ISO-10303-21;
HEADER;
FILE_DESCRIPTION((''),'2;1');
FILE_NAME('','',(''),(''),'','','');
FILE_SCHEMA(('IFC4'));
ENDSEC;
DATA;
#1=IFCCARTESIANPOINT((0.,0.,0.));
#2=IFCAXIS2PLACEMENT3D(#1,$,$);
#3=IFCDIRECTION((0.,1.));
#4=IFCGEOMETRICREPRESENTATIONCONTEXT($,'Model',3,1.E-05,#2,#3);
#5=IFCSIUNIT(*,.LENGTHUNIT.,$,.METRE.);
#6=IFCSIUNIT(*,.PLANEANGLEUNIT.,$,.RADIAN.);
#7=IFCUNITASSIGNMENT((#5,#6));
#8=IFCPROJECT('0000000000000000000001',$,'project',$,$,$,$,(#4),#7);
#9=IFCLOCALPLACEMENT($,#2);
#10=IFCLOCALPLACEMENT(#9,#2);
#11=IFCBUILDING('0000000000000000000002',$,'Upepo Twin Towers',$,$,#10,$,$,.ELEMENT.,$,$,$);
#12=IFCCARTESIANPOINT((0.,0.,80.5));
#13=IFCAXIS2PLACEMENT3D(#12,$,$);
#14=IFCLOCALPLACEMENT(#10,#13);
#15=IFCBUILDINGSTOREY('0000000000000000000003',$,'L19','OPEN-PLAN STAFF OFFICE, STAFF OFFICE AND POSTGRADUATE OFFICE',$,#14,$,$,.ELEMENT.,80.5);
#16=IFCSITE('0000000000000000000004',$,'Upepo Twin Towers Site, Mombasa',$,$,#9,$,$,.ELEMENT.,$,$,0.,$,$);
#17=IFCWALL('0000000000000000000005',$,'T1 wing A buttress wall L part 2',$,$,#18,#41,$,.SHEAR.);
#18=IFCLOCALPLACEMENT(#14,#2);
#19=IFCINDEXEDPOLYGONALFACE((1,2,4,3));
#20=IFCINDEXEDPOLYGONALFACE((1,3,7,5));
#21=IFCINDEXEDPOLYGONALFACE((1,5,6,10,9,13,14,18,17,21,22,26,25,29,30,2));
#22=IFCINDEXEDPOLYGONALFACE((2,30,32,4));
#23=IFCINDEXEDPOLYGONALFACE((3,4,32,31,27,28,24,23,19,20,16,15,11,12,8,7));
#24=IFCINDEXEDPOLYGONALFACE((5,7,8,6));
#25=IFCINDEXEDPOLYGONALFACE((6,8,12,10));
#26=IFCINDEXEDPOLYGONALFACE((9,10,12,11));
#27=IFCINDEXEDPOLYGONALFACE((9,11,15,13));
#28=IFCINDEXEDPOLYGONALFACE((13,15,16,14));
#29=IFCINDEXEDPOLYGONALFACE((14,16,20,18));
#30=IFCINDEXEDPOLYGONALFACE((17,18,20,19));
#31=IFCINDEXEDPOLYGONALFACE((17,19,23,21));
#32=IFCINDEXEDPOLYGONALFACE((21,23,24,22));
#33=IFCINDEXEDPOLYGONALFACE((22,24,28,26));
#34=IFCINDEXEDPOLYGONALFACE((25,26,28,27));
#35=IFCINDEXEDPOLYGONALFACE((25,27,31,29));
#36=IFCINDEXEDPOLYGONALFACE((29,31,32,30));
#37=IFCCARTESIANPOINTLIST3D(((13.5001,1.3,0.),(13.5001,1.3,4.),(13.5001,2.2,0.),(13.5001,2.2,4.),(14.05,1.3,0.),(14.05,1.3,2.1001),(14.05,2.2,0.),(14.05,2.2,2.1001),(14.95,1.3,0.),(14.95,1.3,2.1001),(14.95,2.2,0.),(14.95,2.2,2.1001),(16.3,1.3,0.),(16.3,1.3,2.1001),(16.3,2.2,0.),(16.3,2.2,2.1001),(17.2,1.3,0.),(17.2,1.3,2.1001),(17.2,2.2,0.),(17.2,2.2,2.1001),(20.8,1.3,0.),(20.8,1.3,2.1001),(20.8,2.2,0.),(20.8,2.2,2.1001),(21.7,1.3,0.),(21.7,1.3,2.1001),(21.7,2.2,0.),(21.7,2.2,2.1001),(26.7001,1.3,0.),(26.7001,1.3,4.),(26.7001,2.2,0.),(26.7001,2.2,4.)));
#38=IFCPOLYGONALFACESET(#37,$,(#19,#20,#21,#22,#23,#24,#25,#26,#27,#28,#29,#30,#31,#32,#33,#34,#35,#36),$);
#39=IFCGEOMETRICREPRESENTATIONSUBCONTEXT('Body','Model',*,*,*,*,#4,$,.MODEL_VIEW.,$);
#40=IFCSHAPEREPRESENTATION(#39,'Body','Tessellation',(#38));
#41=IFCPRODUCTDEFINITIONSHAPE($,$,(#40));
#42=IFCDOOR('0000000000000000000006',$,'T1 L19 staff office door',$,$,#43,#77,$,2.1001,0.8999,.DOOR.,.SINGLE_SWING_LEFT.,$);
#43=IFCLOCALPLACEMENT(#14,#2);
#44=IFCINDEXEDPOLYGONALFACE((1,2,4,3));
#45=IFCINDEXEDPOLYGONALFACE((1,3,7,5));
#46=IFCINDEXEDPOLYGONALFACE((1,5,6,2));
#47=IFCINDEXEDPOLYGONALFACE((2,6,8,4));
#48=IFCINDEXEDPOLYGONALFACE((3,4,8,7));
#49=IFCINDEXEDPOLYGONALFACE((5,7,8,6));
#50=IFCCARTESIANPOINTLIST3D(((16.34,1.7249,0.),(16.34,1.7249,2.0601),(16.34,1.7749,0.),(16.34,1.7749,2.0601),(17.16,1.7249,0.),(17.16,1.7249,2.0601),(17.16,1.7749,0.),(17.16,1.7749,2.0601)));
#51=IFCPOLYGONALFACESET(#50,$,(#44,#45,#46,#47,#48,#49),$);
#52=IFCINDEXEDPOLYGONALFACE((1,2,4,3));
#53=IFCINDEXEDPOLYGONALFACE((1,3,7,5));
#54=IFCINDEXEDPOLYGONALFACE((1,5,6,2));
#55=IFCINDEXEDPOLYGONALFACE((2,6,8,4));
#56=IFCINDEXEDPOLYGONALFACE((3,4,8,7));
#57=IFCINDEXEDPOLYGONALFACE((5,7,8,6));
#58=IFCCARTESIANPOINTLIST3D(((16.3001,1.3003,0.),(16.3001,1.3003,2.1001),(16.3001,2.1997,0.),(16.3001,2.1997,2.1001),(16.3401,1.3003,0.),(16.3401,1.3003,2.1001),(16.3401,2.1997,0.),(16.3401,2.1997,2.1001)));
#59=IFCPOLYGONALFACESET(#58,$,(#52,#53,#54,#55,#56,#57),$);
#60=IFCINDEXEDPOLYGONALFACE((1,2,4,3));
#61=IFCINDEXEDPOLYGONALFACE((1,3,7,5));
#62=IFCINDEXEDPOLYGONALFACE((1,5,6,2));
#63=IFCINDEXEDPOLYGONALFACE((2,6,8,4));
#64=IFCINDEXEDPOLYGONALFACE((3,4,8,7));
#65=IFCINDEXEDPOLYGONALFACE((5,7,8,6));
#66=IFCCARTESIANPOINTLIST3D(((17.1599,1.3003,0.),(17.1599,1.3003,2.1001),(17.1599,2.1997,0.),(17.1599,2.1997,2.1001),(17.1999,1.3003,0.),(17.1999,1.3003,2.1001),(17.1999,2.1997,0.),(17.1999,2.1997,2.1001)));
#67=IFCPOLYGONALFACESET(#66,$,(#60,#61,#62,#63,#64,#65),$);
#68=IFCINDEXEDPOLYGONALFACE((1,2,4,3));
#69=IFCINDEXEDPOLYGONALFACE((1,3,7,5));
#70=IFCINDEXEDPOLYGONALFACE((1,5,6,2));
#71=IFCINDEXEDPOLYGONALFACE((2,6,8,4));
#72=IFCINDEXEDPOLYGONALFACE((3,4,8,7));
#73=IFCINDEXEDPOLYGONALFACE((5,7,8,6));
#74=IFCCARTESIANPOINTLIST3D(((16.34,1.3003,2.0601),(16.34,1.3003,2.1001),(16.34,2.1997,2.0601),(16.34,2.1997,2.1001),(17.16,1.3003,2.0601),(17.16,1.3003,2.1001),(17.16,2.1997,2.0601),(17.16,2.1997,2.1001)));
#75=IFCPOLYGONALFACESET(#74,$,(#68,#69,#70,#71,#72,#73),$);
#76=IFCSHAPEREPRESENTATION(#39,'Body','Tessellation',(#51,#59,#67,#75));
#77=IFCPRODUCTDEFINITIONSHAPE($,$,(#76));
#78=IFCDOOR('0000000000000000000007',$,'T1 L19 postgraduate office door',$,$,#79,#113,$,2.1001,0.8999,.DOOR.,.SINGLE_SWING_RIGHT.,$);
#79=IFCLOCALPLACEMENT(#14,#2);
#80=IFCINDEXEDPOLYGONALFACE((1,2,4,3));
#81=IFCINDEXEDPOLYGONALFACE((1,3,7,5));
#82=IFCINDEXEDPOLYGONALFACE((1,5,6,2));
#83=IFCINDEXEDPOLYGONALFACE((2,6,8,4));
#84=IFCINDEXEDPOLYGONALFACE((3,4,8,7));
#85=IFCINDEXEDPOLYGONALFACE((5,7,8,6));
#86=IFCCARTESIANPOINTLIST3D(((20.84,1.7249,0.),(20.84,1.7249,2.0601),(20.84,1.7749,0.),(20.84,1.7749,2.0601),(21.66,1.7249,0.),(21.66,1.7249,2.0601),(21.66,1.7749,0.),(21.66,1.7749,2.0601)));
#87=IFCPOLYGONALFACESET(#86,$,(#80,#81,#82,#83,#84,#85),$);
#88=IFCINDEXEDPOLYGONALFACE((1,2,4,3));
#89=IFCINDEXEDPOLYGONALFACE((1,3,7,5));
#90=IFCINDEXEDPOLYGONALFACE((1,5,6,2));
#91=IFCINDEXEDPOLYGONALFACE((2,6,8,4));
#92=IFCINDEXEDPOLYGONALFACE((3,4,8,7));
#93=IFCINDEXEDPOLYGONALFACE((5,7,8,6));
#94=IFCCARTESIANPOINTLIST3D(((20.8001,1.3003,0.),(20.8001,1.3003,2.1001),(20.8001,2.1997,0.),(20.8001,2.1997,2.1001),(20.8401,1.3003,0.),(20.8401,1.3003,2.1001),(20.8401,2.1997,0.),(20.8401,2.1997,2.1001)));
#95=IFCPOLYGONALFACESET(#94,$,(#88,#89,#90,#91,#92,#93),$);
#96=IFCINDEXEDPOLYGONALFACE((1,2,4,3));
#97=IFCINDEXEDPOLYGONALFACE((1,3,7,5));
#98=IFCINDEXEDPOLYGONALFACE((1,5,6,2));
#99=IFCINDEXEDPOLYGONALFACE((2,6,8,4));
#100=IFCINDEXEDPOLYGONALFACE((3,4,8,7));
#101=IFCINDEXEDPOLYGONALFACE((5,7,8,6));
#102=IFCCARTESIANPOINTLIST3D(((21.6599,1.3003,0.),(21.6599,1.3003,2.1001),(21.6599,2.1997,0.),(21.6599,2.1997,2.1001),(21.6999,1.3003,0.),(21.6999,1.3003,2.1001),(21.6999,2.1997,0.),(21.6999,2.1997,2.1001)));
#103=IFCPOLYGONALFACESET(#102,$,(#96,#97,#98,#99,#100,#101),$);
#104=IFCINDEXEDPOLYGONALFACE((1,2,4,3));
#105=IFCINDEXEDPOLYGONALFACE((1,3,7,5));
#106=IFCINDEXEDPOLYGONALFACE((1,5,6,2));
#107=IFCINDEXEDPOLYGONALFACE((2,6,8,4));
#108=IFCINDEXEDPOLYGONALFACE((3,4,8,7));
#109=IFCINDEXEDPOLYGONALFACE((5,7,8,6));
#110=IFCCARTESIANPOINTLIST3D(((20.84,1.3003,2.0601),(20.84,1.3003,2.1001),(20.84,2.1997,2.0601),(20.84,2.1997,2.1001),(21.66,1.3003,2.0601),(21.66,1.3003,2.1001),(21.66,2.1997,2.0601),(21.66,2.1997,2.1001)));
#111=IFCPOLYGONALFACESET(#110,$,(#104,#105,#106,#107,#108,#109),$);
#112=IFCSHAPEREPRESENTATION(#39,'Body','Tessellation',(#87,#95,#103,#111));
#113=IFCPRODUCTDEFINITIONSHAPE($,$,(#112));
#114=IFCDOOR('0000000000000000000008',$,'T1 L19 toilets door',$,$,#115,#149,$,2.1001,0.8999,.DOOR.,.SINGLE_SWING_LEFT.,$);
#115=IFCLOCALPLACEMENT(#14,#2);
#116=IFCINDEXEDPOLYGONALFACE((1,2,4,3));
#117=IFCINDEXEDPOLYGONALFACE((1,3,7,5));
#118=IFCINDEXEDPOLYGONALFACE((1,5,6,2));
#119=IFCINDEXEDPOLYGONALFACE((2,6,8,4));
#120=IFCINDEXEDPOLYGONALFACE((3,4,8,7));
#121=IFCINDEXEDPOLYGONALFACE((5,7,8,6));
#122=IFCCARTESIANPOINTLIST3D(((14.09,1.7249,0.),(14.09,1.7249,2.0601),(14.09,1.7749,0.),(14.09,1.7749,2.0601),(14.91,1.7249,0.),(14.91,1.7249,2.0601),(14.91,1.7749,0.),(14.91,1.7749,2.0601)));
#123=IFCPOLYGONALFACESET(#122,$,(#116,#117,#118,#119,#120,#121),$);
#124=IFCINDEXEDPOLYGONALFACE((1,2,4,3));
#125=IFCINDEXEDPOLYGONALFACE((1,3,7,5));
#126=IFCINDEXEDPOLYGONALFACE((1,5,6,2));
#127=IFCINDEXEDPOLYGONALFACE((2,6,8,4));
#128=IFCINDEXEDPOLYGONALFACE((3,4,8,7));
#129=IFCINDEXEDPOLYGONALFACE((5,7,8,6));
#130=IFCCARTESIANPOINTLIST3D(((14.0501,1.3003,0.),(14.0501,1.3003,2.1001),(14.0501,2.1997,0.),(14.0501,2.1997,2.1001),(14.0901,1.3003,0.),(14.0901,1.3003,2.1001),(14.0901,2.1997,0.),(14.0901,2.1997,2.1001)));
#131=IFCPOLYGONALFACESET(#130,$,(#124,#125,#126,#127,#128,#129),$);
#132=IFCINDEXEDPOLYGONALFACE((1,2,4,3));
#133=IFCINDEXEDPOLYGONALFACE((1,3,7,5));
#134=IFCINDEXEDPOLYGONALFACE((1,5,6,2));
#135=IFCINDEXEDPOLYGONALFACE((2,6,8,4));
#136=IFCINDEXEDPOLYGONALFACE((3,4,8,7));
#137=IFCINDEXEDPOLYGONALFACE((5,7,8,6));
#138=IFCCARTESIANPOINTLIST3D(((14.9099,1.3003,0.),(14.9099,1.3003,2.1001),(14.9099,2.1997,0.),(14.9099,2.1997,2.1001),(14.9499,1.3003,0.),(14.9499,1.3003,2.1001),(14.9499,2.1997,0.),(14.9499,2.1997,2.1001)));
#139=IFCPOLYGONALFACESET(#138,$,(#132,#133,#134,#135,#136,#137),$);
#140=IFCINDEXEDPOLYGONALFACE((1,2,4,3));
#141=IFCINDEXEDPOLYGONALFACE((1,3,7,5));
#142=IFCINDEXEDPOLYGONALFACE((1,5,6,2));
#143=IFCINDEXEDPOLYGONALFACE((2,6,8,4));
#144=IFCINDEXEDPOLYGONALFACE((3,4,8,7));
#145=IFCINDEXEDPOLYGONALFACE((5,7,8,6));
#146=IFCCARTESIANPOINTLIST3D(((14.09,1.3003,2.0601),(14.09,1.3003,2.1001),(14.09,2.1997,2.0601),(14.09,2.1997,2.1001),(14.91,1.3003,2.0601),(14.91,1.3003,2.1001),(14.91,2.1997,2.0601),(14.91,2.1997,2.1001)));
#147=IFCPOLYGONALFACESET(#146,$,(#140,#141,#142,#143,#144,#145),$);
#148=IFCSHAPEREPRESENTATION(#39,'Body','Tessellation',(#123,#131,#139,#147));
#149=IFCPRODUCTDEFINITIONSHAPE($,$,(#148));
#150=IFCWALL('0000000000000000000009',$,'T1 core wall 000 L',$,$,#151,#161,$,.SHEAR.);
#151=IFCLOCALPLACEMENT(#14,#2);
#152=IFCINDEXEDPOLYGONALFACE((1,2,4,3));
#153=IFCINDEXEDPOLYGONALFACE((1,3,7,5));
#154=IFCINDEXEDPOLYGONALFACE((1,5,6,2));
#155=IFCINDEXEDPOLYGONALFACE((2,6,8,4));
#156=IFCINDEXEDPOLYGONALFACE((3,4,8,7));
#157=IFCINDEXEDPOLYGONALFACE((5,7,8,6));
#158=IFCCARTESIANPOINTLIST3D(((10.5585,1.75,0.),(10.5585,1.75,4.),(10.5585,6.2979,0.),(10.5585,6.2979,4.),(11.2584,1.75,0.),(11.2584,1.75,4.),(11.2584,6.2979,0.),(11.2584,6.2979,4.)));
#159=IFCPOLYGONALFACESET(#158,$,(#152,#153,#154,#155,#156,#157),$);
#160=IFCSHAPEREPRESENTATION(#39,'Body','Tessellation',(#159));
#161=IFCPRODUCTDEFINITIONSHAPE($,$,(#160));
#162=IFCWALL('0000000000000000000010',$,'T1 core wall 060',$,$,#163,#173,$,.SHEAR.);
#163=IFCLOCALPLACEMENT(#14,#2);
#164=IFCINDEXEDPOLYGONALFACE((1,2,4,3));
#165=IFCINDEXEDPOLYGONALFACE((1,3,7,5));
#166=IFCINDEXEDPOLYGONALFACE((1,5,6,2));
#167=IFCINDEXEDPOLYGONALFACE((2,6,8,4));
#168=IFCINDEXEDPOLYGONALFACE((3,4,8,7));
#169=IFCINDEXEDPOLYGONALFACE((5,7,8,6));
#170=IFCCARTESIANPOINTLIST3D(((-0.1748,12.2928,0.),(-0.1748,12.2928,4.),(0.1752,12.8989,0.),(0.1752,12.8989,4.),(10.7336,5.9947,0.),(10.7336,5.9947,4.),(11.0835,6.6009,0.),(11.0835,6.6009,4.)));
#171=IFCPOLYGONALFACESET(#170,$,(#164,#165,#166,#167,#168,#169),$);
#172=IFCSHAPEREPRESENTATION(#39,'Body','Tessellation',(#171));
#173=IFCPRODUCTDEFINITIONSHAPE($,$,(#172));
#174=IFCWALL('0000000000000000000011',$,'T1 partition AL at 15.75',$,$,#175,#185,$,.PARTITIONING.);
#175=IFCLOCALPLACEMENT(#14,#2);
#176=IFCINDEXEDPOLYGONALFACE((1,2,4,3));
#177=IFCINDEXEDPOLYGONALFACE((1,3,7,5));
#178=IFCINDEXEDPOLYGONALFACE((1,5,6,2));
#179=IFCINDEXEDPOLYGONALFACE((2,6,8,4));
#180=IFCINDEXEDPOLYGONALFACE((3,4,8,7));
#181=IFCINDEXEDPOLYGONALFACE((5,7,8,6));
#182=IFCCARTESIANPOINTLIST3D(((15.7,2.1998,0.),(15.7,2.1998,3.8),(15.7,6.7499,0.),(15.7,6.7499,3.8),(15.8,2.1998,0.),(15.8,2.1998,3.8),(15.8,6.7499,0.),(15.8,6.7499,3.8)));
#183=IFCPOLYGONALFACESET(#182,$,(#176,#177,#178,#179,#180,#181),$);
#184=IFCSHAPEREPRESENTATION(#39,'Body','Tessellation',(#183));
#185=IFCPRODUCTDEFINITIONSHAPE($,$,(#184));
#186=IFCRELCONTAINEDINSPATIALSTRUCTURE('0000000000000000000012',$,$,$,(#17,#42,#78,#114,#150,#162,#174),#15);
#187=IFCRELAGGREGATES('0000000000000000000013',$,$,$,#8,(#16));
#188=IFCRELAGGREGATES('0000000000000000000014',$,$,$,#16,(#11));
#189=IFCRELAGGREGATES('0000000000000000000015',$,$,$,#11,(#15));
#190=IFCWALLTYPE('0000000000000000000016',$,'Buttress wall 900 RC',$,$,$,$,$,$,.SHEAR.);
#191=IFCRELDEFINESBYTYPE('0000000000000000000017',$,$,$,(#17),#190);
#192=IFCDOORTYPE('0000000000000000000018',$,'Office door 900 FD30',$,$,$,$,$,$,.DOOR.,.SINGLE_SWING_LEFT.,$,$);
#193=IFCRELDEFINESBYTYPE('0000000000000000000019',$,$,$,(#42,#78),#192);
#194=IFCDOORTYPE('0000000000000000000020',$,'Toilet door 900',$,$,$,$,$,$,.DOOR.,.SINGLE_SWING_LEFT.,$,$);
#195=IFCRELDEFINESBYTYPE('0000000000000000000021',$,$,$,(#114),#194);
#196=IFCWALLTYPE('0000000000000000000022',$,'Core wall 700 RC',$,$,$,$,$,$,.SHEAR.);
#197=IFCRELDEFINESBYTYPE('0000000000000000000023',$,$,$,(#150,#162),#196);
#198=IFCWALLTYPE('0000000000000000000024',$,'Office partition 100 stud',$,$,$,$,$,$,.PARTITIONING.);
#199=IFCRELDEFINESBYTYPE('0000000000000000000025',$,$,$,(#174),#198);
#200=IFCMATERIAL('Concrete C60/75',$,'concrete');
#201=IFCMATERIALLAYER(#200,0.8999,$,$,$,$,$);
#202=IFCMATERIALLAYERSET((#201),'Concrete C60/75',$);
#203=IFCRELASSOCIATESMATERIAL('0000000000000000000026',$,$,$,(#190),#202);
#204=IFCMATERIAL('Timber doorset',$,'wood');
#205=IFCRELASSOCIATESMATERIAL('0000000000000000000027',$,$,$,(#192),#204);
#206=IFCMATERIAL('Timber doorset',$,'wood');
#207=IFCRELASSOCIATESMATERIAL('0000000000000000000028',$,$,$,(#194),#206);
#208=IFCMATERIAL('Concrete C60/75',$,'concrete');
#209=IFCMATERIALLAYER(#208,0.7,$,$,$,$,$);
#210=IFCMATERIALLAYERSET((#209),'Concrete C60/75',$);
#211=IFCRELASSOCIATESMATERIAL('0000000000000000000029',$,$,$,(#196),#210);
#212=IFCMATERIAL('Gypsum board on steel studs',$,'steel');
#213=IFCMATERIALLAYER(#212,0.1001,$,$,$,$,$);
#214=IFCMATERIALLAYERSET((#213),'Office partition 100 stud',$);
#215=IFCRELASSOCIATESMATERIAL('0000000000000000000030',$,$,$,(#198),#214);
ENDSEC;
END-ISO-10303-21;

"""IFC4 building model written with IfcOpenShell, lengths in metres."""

from ifc_helpers import new_model, si_unit, direction, frame, frame_2d, origin, place, context, subcontext, project, spatial, rectangle, extrude, material, layer, layer_set, type_object, element, fill, save


model = new_model("IFC4")

# Units and contexts
model_context = context("Model", 3, precision=1e-05, world=origin(), true_north=direction((0.0, 1.0)))
body_context = subcontext(model_context, "Body", "Model", "MODEL_VIEW")
ifc_project = project(units=[si_unit("LENGTHUNIT", "METRE"), si_unit("PLANEANGLEUNIT", "RADIAN")], contexts=[model_context])

# Site, building, storey
site_placement = place(None, origin())
site = spatial("IfcSite", under=ifc_project, at=site_placement, Name="Upepo Twin Towers Site, Mombasa", CompositionType="ELEMENT", RefElevation=0.0)
building_placement = place(site_placement, origin())
building = spatial("IfcBuilding", under=site, at=building_placement, Name="Upepo Twin Towers", CompositionType="ELEMENT")
storey_placement = place(building_placement, frame((0.0, 0.0, 80.5)))
storey = spatial("IfcBuildingStorey", under=building, at=storey_placement, Name="L19", Description="OPEN-PLAN STAFF OFFICE, STAFF OFFICE AND POSTGRADUATE OFFICE", CompositionType="ELEMENT", Elevation=80.5)

# Wall, openings, doors
ifc_material_1 = material(Name="Concrete C60/75", Category="concrete")
ifc_layer_1 = layer(ifc_material_1, 0.8999)
ifc_layer_set_1 = layer_set([ifc_layer_1], Name="Concrete C60/75")
wall_type_1 = type_object("IfcWallType", Name="Buttress wall 900 RC", PredefinedType="SHEAR", material=ifc_layer_set_1)
wall_1_placement = place(storey_placement, frame((13.5, 1.75, 0.0), z_axis=(0.0, 0.0, 1.0), x_axis=(1.0, 0.0, 0.0)))
wall_1 = element("IfcWall", 1, at=wall_1_placement, inside=storey, type_object=wall_type_1, Name="T1 wing A buttress wall L part 2", PredefinedType="SHEAR", context=body_context, shape_type="SweptSolid", body=[
    extrude(rectangle(XDim=13.2, YDim=0.8999, at=frame_2d((6.6001, 0.0))), origin(), (0.0, 0.0, 1.0), 4.0),
])
opening_1_placement = place(wall_1_placement, frame((0.55, 0.0, 0.0)))
opening_1 = element("IfcOpeningElement", 2, at=opening_1_placement, cuts=wall_1, PredefinedType="OPENING", context=body_context, shape_type="SweptSolid", body=[
    extrude(rectangle(XDim=0.8999, YDim=2.1001, at=frame_2d((0.45, 1.05))), frame((0.0, 0.46, 0.0), z_axis=(0.0, -1.0, 0.0), x_axis=(1.0, 0.0, 0.0)), (0.0, 0.0, 1.0), 0.9199),
])
opening_2_placement = place(wall_1_placement, frame((2.8, 0.0, 0.0)))
opening_2 = element("IfcOpeningElement", 3, at=opening_2_placement, cuts=wall_1, PredefinedType="OPENING", context=body_context, shape_type="SweptSolid", body=[
    extrude(rectangle(XDim=0.8999, YDim=2.1001, at=frame_2d((0.45, 1.05))), frame((0.0, 0.46, 0.0), z_axis=(0.0, -1.0, 0.0), x_axis=(1.0, 0.0, 0.0)), (0.0, 0.0, 1.0), 0.9199),
])
opening_3_placement = place(wall_1_placement, frame((7.3, 0.0, 0.0)))
opening_3 = element("IfcOpeningElement", 4, at=opening_3_placement, cuts=wall_1, PredefinedType="OPENING", context=body_context, shape_type="SweptSolid", body=[
    extrude(rectangle(XDim=0.8999, YDim=2.1001, at=frame_2d((0.45, 1.05))), frame((0.0, 0.46, 0.0), z_axis=(0.0, -1.0, 0.0), x_axis=(1.0, 0.0, 0.0)), (0.0, 0.0, 1.0), 0.9199),
])
ifc_material_2 = material(Name="Timber doorset", Category="wood")
door_type_1 = type_object("IfcDoorType", Name="Office door 900 FD30", OperationType="SINGLE_SWING_LEFT", PredefinedType="DOOR", material=ifc_material_2)
door_1_placement = place(opening_2_placement, origin())
door_1 = element("IfcDoor", 5, at=door_1_placement, inside=storey, type_object=door_type_1, Name="T1 L19 staff office door", OperationType="SINGLE_SWING_LEFT", OverallHeight=2.1001, OverallWidth=0.8999, PredefinedType="DOOR", context=body_context, shape_type="SweptSolid", body=[
    extrude(rectangle(XDim=0.8199, YDim=2.0601, at=frame_2d((0.45, 1.03))), frame((0.0, 0.0249, 0.0), z_axis=(0.0, -1.0, 0.0), x_axis=(1.0, 0.0, 0.0)), (0.0, 0.0, 1.0), 0.05),
    extrude(rectangle(XDim=0.04, YDim=2.1001, at=frame_2d((0.02, 1.05))), frame((0.0, 0.4497, 0.0), z_axis=(0.0, -1.0, 0.0), x_axis=(1.0, 0.0, 0.0)), (0.0, 0.0, 1.0), 0.8994),
    extrude(rectangle(XDim=0.04, YDim=2.1001, at=frame_2d((0.8799, 1.05))), frame((0.0, 0.4497, 0.0), z_axis=(0.0, -1.0, 0.0), x_axis=(1.0, 0.0, 0.0)), (0.0, 0.0, 1.0), 0.8994),
    extrude(rectangle(XDim=0.8199, YDim=0.04, at=frame_2d((0.45, 2.0801))), frame((0.0, 0.4497, 0.0), z_axis=(0.0, -1.0, 0.0), x_axis=(1.0, 0.0, 0.0)), (0.0, 0.0, 1.0), 0.8994),
])
fill(opening_2, door_1)
door_2_placement = place(opening_3_placement, origin())
door_2 = element("IfcDoor", 6, at=door_2_placement, inside=storey, type_object=door_type_1, Name="T1 L19 postgraduate office door", OperationType="SINGLE_SWING_RIGHT", OverallHeight=2.1001, OverallWidth=0.8999, PredefinedType="DOOR", context=body_context, shape_type="SweptSolid", body=[
    extrude(rectangle(XDim=0.8199, YDim=2.0601, at=frame_2d((0.45, 1.03))), frame((0.0, 0.0249, 0.0), z_axis=(0.0, -1.0, 0.0), x_axis=(1.0, 0.0, 0.0)), (0.0, 0.0, 1.0), 0.05),
    extrude(rectangle(XDim=0.04, YDim=2.1001, at=frame_2d((0.02, 1.05))), frame((0.0, 0.4497, 0.0), z_axis=(0.0, -1.0, 0.0), x_axis=(1.0, 0.0, 0.0)), (0.0, 0.0, 1.0), 0.8994),
    extrude(rectangle(XDim=0.04, YDim=2.1001, at=frame_2d((0.8799, 1.05))), frame((0.0, 0.4497, 0.0), z_axis=(0.0, -1.0, 0.0), x_axis=(1.0, 0.0, 0.0)), (0.0, 0.0, 1.0), 0.8994),
    extrude(rectangle(XDim=0.8199, YDim=0.04, at=frame_2d((0.45, 2.0801))), frame((0.0, 0.4497, 0.0), z_axis=(0.0, -1.0, 0.0), x_axis=(1.0, 0.0, 0.0)), (0.0, 0.0, 1.0), 0.8994),
])
fill(opening_3, door_2)
ifc_material_3 = material(Name="Timber doorset", Category="wood")
door_type_2 = type_object("IfcDoorType", Name="Toilet door 900", OperationType="SINGLE_SWING_LEFT", PredefinedType="DOOR", material=ifc_material_3)
door_3_placement = place(opening_1_placement, origin())
door_3 = element("IfcDoor", 7, at=door_3_placement, inside=storey, type_object=door_type_2, Name="T1 L19 toilets door", OperationType="SINGLE_SWING_LEFT", OverallHeight=2.1001, OverallWidth=0.8999, PredefinedType="DOOR", context=body_context, shape_type="SweptSolid", body=[
    extrude(rectangle(XDim=0.8199, YDim=2.0601, at=frame_2d((0.45, 1.03))), frame((0.0, 0.0249, 0.0), z_axis=(0.0, -1.0, 0.0), x_axis=(1.0, 0.0, 0.0)), (0.0, 0.0, 1.0), 0.05),
    extrude(rectangle(XDim=0.04, YDim=2.1001, at=frame_2d((0.02, 1.05))), frame((0.0, 0.4497, 0.0), z_axis=(0.0, -1.0, 0.0), x_axis=(1.0, 0.0, 0.0)), (0.0, 0.0, 1.0), 0.8994),
    extrude(rectangle(XDim=0.04, YDim=2.1001, at=frame_2d((0.8799, 1.05))), frame((0.0, 0.4497, 0.0), z_axis=(0.0, -1.0, 0.0), x_axis=(1.0, 0.0, 0.0)), (0.0, 0.0, 1.0), 0.8994),
    extrude(rectangle(XDim=0.8199, YDim=0.04, at=frame_2d((0.45, 2.0801))), frame((0.0, 0.4497, 0.0), z_axis=(0.0, -1.0, 0.0), x_axis=(1.0, 0.0, 0.0)), (0.0, 0.0, 1.0), 0.8994),
])
fill(opening_1, door_3)

# Walls
ifc_material_4 = material(Name="Concrete C60/75", Category="concrete")
ifc_layer_2 = layer(ifc_material_4, 0.7)
ifc_layer_set_2 = layer_set([ifc_layer_2], Name="Concrete C60/75")
wall_type_2 = type_object("IfcWallType", Name="Core wall 700 RC", PredefinedType="SHEAR", material=ifc_layer_set_2)
wall_2_placement = place(storey_placement, frame((10.9084, 1.75, 0.0), z_axis=(0.0, 0.0, 1.0), x_axis=(0.0, 1.0, 0.0)))
element("IfcWall", 8, at=wall_2_placement, inside=storey, type_object=wall_type_2, Name="T1 core wall 000 L", PredefinedType="SHEAR", context=body_context, shape_type="SweptSolid", body=[
    extrude(rectangle(XDim=4.5479, YDim=0.7, at=frame_2d((2.2739, 0.0))), origin(), (0.0, 0.0, 1.0), 4.0),
])
wall_3_placement = place(storey_placement, frame((10.9084, 6.2979, 0.0), z_axis=(0.0, 0.0, 1.0), x_axis=(-0.866022, 0.500006, 0.0)))
element("IfcWall", 9, at=wall_3_placement, inside=storey, type_object=wall_type_2, Name="T1 core wall 060", PredefinedType="SHEAR", context=body_context, shape_type="SweptSolid", body=[
    extrude(rectangle(XDim=12.5959, YDim=0.7, at=frame_2d((6.2979, 0.0))), origin(), (0.0, 0.0, 1.0), 4.0),
])
ifc_material_5 = material(Name="Gypsum board on steel studs", Category="steel")
ifc_layer_3 = layer(ifc_material_5, 0.1001)
ifc_layer_set_3 = layer_set([ifc_layer_3], Name="Office partition 100 stud")
wall_type_3 = type_object("IfcWallType", Name="Office partition 100 stud", PredefinedType="PARTITIONING", material=ifc_layer_set_3)
wall_4_placement = place(storey_placement, frame((15.75, 2.2, 0.0), z_axis=(0.0, 0.0, 1.0), x_axis=(0.0, 1.0, 0.0)))
element("IfcWall", 10, at=wall_4_placement, inside=storey, type_object=wall_type_3, Name="T1 partition AL at 15.75", PredefinedType="PARTITIONING", context=body_context, shape_type="SweptSolid", body=[
    extrude(rectangle(XDim=4.55, YDim=0.1001, at=frame_2d((2.2749, 0.0))), origin(), (0.0, 0.0, 1.0), 3.8),
])

save(model, "model.ifc")
